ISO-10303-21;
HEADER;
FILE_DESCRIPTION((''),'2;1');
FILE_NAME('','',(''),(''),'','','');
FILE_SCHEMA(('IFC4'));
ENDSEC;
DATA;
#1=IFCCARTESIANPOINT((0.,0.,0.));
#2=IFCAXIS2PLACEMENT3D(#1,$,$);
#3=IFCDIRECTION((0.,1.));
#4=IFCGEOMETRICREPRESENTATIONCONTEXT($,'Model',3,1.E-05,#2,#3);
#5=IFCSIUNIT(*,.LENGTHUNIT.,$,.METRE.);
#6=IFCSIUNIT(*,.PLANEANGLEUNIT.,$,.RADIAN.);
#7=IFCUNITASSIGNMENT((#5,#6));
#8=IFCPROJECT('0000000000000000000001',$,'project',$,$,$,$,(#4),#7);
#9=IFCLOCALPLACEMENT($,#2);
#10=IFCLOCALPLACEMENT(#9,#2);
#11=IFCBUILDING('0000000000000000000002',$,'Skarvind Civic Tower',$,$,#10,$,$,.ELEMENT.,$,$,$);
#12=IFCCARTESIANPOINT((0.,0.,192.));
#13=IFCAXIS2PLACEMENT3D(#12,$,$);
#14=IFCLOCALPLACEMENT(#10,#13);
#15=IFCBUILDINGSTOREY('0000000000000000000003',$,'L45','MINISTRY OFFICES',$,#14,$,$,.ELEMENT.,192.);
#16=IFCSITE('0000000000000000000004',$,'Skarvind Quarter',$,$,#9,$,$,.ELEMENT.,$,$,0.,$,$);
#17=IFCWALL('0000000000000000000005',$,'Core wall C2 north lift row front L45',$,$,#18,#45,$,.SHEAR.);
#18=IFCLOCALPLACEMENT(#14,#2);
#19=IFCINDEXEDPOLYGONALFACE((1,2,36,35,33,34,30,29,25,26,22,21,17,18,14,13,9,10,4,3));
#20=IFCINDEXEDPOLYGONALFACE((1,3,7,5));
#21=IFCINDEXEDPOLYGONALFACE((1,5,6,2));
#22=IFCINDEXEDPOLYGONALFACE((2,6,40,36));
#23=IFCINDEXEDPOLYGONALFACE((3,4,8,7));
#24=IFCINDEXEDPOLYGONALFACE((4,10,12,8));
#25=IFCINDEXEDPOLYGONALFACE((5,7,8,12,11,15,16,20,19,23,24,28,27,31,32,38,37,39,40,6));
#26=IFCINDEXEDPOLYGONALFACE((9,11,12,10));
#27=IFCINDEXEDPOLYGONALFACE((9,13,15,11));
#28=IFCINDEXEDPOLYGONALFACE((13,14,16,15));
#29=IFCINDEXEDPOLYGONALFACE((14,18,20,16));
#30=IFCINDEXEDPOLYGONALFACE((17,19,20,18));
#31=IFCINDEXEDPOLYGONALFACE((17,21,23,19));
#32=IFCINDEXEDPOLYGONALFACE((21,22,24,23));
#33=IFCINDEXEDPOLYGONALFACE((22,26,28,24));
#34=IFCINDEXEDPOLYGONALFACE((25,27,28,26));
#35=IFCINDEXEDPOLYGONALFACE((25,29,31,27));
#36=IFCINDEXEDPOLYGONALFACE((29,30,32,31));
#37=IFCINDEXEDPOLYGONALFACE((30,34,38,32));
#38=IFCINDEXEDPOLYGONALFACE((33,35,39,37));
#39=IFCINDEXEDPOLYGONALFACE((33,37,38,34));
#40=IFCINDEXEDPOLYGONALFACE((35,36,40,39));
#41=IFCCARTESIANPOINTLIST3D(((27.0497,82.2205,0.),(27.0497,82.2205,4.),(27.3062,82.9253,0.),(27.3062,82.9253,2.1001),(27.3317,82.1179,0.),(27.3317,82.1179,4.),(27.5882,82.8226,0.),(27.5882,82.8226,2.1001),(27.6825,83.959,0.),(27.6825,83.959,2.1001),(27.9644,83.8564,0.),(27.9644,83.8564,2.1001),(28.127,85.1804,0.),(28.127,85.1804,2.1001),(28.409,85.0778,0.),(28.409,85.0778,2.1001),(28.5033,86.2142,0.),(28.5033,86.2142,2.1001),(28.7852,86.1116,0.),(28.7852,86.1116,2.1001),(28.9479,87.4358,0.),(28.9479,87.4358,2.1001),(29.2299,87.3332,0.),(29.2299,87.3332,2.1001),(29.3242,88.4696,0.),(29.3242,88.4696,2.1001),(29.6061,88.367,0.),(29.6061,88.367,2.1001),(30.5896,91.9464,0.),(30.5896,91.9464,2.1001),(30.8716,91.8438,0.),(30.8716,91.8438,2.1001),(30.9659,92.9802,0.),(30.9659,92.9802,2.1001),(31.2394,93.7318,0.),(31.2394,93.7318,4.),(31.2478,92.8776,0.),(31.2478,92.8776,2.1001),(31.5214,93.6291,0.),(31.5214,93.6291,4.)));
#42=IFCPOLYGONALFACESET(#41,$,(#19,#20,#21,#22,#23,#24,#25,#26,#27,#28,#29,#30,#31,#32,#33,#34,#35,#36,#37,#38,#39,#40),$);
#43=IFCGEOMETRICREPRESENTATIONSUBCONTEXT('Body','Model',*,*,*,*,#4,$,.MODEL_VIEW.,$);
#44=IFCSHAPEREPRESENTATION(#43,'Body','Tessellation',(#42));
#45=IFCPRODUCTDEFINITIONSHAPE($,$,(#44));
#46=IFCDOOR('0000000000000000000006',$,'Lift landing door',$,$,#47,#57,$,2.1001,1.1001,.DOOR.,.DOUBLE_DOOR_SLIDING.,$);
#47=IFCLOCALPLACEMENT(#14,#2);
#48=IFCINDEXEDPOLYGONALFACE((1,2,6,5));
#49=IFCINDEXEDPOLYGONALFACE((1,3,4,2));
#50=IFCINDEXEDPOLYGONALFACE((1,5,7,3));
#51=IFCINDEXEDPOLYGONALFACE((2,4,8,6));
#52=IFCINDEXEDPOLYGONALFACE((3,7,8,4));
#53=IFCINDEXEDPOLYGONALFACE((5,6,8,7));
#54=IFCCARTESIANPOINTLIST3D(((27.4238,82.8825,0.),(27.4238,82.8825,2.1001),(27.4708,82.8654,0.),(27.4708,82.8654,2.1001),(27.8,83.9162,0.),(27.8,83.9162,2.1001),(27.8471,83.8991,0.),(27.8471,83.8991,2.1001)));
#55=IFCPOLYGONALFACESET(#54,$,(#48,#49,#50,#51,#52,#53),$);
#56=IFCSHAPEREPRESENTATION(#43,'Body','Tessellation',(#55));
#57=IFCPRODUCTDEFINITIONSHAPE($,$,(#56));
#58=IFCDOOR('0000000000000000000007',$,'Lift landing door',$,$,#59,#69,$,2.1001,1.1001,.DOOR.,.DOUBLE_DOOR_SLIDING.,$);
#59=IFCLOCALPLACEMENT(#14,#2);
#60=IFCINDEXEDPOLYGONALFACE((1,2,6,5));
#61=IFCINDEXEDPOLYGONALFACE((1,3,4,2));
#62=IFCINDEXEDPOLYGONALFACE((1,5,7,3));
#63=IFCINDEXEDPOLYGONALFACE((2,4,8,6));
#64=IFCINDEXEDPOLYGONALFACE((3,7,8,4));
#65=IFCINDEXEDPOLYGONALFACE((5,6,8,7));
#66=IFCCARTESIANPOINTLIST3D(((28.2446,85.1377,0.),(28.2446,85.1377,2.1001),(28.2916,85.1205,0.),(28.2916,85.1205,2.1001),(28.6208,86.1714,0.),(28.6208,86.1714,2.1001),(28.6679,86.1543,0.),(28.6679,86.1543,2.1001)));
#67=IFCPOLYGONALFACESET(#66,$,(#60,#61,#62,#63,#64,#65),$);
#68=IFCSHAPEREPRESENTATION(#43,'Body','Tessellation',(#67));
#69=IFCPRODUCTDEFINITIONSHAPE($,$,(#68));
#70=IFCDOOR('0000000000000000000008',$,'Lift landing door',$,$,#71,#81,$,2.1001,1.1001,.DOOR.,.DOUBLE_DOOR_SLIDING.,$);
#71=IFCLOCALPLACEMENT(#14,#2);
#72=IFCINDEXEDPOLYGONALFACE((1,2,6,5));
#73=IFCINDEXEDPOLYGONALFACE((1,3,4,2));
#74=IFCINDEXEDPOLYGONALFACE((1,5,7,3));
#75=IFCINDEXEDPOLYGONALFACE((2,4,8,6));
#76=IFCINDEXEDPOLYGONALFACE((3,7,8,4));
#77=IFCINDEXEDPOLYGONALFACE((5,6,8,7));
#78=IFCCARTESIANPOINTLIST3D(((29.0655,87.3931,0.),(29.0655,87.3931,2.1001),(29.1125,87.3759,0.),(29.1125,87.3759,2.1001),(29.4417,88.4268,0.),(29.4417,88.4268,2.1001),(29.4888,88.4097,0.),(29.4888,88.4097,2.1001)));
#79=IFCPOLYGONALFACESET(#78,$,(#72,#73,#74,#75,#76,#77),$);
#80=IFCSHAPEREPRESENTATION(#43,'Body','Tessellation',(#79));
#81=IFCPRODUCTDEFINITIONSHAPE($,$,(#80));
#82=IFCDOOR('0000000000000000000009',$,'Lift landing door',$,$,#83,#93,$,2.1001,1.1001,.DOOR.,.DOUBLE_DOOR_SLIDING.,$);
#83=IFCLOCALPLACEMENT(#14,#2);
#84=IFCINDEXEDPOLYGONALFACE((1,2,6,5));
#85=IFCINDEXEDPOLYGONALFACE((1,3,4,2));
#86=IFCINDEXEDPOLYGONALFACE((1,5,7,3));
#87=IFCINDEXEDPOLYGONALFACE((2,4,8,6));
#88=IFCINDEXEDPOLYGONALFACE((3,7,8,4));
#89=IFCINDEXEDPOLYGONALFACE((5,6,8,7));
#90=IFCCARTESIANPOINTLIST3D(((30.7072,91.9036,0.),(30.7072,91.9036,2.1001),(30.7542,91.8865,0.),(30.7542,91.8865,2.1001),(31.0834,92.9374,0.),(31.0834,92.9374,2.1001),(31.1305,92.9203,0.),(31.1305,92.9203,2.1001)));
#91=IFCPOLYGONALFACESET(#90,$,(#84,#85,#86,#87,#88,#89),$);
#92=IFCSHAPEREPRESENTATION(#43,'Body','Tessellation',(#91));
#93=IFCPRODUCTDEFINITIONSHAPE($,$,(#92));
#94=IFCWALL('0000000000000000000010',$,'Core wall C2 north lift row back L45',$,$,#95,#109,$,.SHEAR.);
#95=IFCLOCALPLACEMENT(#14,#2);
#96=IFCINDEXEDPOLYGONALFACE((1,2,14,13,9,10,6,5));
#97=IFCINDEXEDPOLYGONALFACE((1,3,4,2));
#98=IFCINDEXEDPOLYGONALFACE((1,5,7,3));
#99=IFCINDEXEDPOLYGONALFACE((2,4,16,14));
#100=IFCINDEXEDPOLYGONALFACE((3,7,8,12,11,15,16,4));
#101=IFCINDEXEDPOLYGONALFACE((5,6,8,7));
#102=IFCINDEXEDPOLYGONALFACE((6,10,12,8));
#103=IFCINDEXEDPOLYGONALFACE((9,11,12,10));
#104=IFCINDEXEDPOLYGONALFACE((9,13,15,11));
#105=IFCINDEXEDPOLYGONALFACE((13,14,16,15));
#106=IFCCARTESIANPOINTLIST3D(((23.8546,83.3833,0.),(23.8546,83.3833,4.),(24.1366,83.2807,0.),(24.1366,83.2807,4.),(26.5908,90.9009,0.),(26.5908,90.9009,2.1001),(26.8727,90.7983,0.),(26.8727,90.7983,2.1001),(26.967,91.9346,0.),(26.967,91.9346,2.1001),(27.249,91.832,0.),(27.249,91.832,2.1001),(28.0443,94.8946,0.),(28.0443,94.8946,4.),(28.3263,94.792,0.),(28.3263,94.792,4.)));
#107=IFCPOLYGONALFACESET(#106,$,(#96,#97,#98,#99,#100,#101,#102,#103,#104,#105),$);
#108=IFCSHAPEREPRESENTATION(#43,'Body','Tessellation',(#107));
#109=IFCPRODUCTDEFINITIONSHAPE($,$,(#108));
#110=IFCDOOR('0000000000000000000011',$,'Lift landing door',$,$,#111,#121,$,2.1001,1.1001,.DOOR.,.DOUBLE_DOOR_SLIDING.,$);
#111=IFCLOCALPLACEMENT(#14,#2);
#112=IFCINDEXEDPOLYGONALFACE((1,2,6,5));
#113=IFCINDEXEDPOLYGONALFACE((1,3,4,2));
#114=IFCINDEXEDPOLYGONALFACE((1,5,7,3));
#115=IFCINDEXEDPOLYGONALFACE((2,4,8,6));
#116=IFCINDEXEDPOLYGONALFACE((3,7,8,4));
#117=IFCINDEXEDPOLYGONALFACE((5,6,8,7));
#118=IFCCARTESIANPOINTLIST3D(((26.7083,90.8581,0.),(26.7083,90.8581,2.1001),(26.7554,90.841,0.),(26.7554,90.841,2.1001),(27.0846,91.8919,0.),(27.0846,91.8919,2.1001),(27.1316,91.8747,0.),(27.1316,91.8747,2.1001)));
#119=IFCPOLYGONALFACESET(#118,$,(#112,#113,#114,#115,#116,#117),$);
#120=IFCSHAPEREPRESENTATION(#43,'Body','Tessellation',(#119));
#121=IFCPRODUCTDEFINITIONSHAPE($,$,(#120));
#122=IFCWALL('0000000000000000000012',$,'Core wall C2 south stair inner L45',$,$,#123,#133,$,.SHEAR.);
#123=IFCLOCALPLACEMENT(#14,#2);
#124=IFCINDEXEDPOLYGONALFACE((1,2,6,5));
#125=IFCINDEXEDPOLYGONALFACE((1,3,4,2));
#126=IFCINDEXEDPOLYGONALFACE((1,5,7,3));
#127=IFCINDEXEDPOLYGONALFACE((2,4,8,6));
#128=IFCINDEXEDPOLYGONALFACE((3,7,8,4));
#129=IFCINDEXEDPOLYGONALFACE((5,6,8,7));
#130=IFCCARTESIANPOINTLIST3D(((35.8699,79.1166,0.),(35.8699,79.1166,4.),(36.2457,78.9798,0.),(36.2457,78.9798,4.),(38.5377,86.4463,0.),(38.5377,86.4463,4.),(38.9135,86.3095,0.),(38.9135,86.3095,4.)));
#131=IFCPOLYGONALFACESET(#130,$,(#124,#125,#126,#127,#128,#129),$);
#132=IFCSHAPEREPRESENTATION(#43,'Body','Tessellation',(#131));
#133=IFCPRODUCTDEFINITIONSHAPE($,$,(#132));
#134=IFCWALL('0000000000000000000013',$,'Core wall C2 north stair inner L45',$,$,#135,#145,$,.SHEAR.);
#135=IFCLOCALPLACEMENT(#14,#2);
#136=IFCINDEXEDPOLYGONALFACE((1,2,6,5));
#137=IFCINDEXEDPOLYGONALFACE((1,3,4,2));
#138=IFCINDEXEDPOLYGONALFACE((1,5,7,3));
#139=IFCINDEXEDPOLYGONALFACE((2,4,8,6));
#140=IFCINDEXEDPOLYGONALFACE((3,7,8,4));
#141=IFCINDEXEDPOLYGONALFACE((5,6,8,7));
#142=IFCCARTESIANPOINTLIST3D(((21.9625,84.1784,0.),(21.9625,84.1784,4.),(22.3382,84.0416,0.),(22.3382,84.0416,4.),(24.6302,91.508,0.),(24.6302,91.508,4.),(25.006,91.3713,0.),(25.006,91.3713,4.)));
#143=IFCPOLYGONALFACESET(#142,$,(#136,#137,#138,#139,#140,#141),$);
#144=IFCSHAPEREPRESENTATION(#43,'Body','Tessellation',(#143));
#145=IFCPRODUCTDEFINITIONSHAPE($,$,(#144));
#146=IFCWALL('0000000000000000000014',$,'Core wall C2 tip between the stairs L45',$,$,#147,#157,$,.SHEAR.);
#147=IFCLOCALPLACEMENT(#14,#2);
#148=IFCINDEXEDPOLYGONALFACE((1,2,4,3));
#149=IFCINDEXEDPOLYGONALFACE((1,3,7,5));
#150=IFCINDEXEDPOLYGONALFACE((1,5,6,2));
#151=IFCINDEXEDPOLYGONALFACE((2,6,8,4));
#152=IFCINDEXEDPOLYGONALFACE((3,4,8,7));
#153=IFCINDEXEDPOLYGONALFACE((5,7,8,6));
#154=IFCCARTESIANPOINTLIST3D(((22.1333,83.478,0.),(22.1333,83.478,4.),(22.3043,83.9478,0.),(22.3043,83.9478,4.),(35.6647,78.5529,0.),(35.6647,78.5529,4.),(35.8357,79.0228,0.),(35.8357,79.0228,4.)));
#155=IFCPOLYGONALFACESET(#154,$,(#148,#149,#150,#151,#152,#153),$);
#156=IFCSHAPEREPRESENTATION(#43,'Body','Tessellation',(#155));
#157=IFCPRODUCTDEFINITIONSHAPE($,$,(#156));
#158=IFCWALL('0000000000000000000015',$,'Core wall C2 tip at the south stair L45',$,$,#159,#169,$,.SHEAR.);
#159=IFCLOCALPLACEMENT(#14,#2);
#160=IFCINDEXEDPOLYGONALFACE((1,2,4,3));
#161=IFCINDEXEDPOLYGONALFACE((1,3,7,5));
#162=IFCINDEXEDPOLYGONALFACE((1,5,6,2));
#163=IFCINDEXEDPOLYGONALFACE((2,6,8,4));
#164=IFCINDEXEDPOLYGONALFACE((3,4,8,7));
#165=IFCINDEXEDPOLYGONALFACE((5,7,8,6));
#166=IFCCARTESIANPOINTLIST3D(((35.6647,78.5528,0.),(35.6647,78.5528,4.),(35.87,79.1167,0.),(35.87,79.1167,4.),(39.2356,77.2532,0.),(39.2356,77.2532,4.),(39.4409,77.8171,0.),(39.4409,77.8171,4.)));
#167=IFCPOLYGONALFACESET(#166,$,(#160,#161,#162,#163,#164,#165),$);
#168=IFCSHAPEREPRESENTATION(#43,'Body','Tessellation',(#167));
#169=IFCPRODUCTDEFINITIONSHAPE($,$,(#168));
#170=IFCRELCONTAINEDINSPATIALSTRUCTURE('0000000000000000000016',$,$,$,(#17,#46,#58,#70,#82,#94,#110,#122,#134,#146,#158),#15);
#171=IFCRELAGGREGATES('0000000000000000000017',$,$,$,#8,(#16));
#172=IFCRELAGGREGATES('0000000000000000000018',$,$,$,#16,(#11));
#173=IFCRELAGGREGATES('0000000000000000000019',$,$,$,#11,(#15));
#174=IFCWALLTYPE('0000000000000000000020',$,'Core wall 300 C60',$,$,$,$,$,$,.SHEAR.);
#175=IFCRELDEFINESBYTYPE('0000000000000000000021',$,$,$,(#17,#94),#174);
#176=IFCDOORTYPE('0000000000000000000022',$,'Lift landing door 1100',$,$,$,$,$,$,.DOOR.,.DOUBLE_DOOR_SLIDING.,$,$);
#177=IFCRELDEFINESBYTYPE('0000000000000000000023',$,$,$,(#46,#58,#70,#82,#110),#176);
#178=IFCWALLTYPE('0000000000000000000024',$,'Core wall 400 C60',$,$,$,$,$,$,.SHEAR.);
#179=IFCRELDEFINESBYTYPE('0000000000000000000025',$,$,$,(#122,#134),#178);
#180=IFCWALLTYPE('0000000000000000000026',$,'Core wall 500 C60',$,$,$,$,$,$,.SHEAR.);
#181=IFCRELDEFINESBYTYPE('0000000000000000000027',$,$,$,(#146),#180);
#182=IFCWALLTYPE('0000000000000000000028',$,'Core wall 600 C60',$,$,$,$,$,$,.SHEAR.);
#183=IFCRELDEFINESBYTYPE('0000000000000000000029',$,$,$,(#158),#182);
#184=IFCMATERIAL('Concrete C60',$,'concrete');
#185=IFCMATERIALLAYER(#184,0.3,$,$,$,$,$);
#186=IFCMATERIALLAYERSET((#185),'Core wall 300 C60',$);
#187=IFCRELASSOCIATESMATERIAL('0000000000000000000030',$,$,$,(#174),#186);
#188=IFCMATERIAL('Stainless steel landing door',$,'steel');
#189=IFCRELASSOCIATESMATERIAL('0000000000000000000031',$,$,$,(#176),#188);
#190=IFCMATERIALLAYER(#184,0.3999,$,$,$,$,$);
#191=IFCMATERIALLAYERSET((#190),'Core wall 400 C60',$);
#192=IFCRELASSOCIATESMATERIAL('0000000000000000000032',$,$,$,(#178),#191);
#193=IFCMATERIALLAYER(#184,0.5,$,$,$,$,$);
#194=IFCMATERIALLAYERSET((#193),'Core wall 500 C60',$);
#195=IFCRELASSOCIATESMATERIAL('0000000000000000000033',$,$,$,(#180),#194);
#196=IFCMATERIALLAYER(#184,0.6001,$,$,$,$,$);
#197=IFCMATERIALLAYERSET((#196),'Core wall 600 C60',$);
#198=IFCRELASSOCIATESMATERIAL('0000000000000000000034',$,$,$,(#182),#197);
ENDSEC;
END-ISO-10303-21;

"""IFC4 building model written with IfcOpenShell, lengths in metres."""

from ifc_helpers import new_model, si_unit, direction, frame, frame_2d, origin, place, context, subcontext, project, spatial, rectangle, extrude, material, layer, layer_set, type_object, element, fill, save


model = new_model("IFC4")

# Units and contexts
model_context = context("Model", 3, precision=1e-05, world=origin(), true_north=direction((0.0, 1.0)))
body_context = subcontext(model_context, "Body", "Model", "MODEL_VIEW")
ifc_project = project(units=[si_unit("LENGTHUNIT", "METRE"), si_unit("PLANEANGLEUNIT", "RADIAN")], contexts=[model_context])

# Site, building, storey
site_placement = place(None, origin())
site = spatial("IfcSite", under=ifc_project, at=site_placement, Name="Skarvind Quarter", CompositionType="ELEMENT", RefElevation=0.0)
building_placement = place(site_placement, origin())
building = spatial("IfcBuilding", under=site, at=building_placement, Name="Skarvind Civic Tower", CompositionType="ELEMENT")
storey_placement = place(building_placement, frame((0.0, 0.0, 192.0)))
storey = spatial("IfcBuildingStorey", under=building, at=storey_placement, Name="L45", Description="MINISTRY OFFICES", CompositionType="ELEMENT", Elevation=192.0)

# Shared definitions
ifc_material_1 = material(Name="Concrete C60", Category="concrete")
ifc_layer_1 = layer(ifc_material_1, 0.3)
ifc_layer_set_1 = layer_set([ifc_layer_1], Name="Core wall 300 C60")
wall_type_1 = type_object("IfcWallType", Name="Core wall 300 C60", PredefinedType="SHEAR", material=ifc_layer_set_1)

# Wall, openings, doors
wall_1_placement = place(storey_placement, frame((27.1907, 82.1692, 0.0), z_axis=(0.0, 0.0, 1.0), x_axis=(0.342017, 0.939694, 0.0)))
wall_1 = element("IfcWall", 1, at=wall_1_placement, inside=storey, type_object=wall_type_1, Name="Core wall C2 north lift row front L45", PredefinedType="SHEAR", context=body_context, shape_type="SweptSolid", body=[
    extrude(rectangle(XDim=12.25, YDim=0.3, at=frame_2d((6.125, 0.0))), origin(), (0.0, 0.0, 1.0), 4.0),
])
opening_1_placement = place(wall_1_placement, frame((0.75, 0.0, 0.0)))
opening_1 = element("IfcOpeningElement", 2, at=opening_1_placement, cuts=wall_1, PredefinedType="OPENING", context=body_context, shape_type="SweptSolid", body=[
    extrude(rectangle(XDim=1.1001, YDim=2.1001, at=frame_2d((0.55, 1.05))), frame((0.0, 0.1599, 0.0), z_axis=(0.0, -1.0, 0.0), x_axis=(1.0, 0.0, 0.0)), (0.0, 0.0, 1.0), 0.3201),
])
opening_2_placement = place(wall_1_placement, frame((3.1499, 0.0, 0.0)))
opening_2 = element("IfcOpeningElement", 3, at=opening_2_placement, cuts=wall_1, PredefinedType="OPENING", context=body_context, shape_type="SweptSolid", body=[
    extrude(rectangle(XDim=1.1001, YDim=2.1001, at=frame_2d((0.55, 1.05))), frame((0.0, 0.1599, 0.0), z_axis=(0.0, -1.0, 0.0), x_axis=(1.0, 0.0, 0.0)), (0.0, 0.0, 1.0), 0.3201),
])
opening_3_placement = place(wall_1_placement, frame((5.55, 0.0, 0.0)))
opening_3 = element("IfcOpeningElement", 4, at=opening_3_placement, cuts=wall_1, PredefinedType="OPENING", context=body_context, shape_type="SweptSolid", body=[
    extrude(rectangle(XDim=1.1001, YDim=2.1001, at=frame_2d((0.55, 1.05))), frame((0.0, 0.1599, 0.0), z_axis=(0.0, -1.0, 0.0), x_axis=(1.0, 0.0, 0.0)), (0.0, 0.0, 1.0), 0.3201),
])
opening_4_placement = place(wall_1_placement, frame((10.3501, 0.0, 0.0)))
opening_4 = element("IfcOpeningElement", 5, at=opening_4_placement, cuts=wall_1, PredefinedType="OPENING", context=body_context, shape_type="SweptSolid", body=[
    extrude(rectangle(XDim=1.1001, YDim=2.1001, at=frame_2d((0.55, 1.05))), frame((0.0, 0.1599, 0.0), z_axis=(0.0, -1.0, 0.0), x_axis=(1.0, 0.0, 0.0)), (0.0, 0.0, 1.0), 0.3201),
])
ifc_material_2 = material(Name="Stainless steel landing door", Category="steel")
door_type_1 = type_object("IfcDoorType", Name="Lift landing door 1100", OperationType="DOUBLE_DOOR_SLIDING", PredefinedType="DOOR", material=ifc_material_2)
door_1_placement = place(opening_1_placement, origin())
door_1 = element("IfcDoor", 6, at=door_1_placement, inside=storey, type_object=door_type_1, Name="Lift landing door", OperationType="DOUBLE_DOOR_SLIDING", OverallHeight=2.1001, OverallWidth=1.1001, PredefinedType="DOOR", context=body_context, shape_type="SweptSolid", body=[
    extrude(rectangle(XDim=1.1001, YDim=2.1001, at=frame_2d((0.55, 1.05))), frame((0.0, 0.0249, 0.0), z_axis=(0.0, -1.0, 0.0), x_axis=(1.0, 0.0, 0.0)), (0.0, 0.0, 1.0), 0.05),
])
fill(opening_1, door_1)
door_2_placement = place(opening_2_placement, origin())
door_2 = element("IfcDoor", 7, at=door_2_placement, inside=storey, type_object=door_type_1, Name="Lift landing door", OperationType="DOUBLE_DOOR_SLIDING", OverallHeight=2.1001, OverallWidth=1.1001, PredefinedType="DOOR", context=body_context, shape_type="SweptSolid", body=[
    extrude(rectangle(XDim=1.1001, YDim=2.1001, at=frame_2d((0.55, 1.05))), frame((0.0, 0.0249, 0.0), z_axis=(0.0, -1.0, 0.0), x_axis=(1.0, 0.0, 0.0)), (0.0, 0.0, 1.0), 0.05),
])
fill(opening_2, door_2)
door_3_placement = place(opening_3_placement, origin())
door_3 = element("IfcDoor", 8, at=door_3_placement, inside=storey, type_object=door_type_1, Name="Lift landing door", OperationType="DOUBLE_DOOR_SLIDING", OverallHeight=2.1001, OverallWidth=1.1001, PredefinedType="DOOR", context=body_context, shape_type="SweptSolid", body=[
    extrude(rectangle(XDim=1.1001, YDim=2.1001, at=frame_2d((0.55, 1.05))), frame((0.0, 0.0249, 0.0), z_axis=(0.0, -1.0, 0.0), x_axis=(1.0, 0.0, 0.0)), (0.0, 0.0, 1.0), 0.05),
])
fill(opening_3, door_3)
door_4_placement = place(opening_4_placement, origin())
door_4 = element("IfcDoor", 9, at=door_4_placement, inside=storey, type_object=door_type_1, Name="Lift landing door", OperationType="DOUBLE_DOOR_SLIDING", OverallHeight=2.1001, OverallWidth=1.1001, PredefinedType="DOOR", context=body_context, shape_type="SweptSolid", body=[
    extrude(rectangle(XDim=1.1001, YDim=2.1001, at=frame_2d((0.55, 1.05))), frame((0.0, 0.0249, 0.0), z_axis=(0.0, -1.0, 0.0), x_axis=(1.0, 0.0, 0.0)), (0.0, 0.0, 1.0), 0.05),
])
fill(opening_4, door_4)

# Wall, opening, door
wall_2_placement = place(storey_placement, frame((23.9956, 83.332, 0.0), z_axis=(0.0, 0.0, 1.0), x_axis=(0.342017, 0.939694, 0.0)))
wall_2 = element("IfcWall", 10, at=wall_2_placement, inside=storey, type_object=wall_type_1, Name="Core wall C2 north lift row back L45", PredefinedType="SHEAR", context=body_context, shape_type="SweptSolid", body=[
    extrude(rectangle(XDim=12.25, YDim=0.3, at=frame_2d((6.125, 0.0))), origin(), (0.0, 0.0, 1.0), 4.0),
])
opening_5_placement = place(wall_2_placement, frame((8.0, 0.0, 0.0)))
opening_5 = element("IfcOpeningElement", 11, at=opening_5_placement, cuts=wall_2, PredefinedType="OPENING", context=body_context, shape_type="SweptSolid", body=[
    extrude(rectangle(XDim=1.1001, YDim=2.1001, at=frame_2d((0.55, 1.05))), frame((0.0, 0.1599, 0.0), z_axis=(0.0, -1.0, 0.0), x_axis=(1.0, 0.0, 0.0)), (0.0, 0.0, 1.0), 0.3201),
])
door_5_placement = place(opening_5_placement, origin())
door_5 = element("IfcDoor", 12, at=door_5_placement, inside=storey, type_object=door_type_1, Name="Lift landing door", OperationType="DOUBLE_DOOR_SLIDING", OverallHeight=2.1001, OverallWidth=1.1001, PredefinedType="DOOR", context=body_context, shape_type="SweptSolid", body=[
    extrude(rectangle(XDim=1.1001, YDim=2.1001, at=frame_2d((0.55, 1.05))), frame((0.0, 0.0249, 0.0), z_axis=(0.0, -1.0, 0.0), x_axis=(1.0, 0.0, 0.0)), (0.0, 0.0, 1.0), 0.05),
])
fill(opening_5, door_5)

# Walls
ifc_layer_2 = layer(ifc_material_1, 0.3999)
ifc_layer_set_2 = layer_set([ifc_layer_2], Name="Core wall 400 C60")
wall_type_2 = type_object("IfcWallType", Name="Core wall 400 C60", PredefinedType="SHEAR", material=ifc_layer_set_2)
for number, where, z_axis, x_axis, name in (
    (13, (36.0579, 79.0483, 0.0), (0.0, 0.0, 1.0), (0.342017, 0.939694, 0.0), "Core wall C2 south stair inner L45"),
    (14, (22.1504, 84.1101, 0.0), (0.0, 0.0, 1.0), (0.342017, 0.939694, 0.0), "Core wall C2 north stair inner L45"),
):
    element("IfcWall", number, at=place(storey_placement, frame(where, z_axis=z_axis, x_axis=x_axis)), inside=storey, type_object=wall_type_2, Name=name, PredefinedType="SHEAR", context=body_context, shape_type="SweptSolid", body=[
        extrude(rectangle(XDim=7.8, YDim=0.3999, at=frame_2d((3.8999, 0.0))), origin(), (0.0, 0.0, 1.0), 4.0),
    ])
ifc_layer_3 = layer(ifc_material_1, 0.5)
ifc_layer_set_3 = layer_set([ifc_layer_3], Name="Core wall 500 C60")
wall_type_3 = type_object("IfcWallType", Name="Core wall 500 C60", PredefinedType="SHEAR", material=ifc_layer_set_3)
wall_3_placement = place(storey_placement, frame((35.7502, 78.7878, 0.0), z_axis=(0.0, 0.0, 1.0), x_axis=(-0.939693, 0.342019, 0.0)))
element("IfcWall", 15, at=wall_3_placement, inside=storey, type_object=wall_type_3, Name="Core wall C2 tip between the stairs L45", PredefinedType="SHEAR", context=body_context, shape_type="SweptSolid", body=[
    extrude(rectangle(XDim=14.3999, YDim=0.5, at=frame_2d((7.2, 0.0))), origin(), (0.0, 0.0, 1.0), 4.0),
])
ifc_layer_4 = layer(ifc_material_1, 0.6001)
ifc_layer_set_4 = layer_set([ifc_layer_4], Name="Core wall 600 C60")
wall_type_4 = type_object("IfcWallType", Name="Core wall 600 C60", PredefinedType="SHEAR", material=ifc_layer_set_4)
for number, where, z_axis, x_axis, name in (
    (16, (39.3381, 77.5352, 0.0), (0.0, 0.0, 1.0), (-0.939701, 0.341996, 0.0), "Core wall C2 tip at the south stair L45"),
):
    element("IfcWall", number, at=place(storey_placement, frame(where, z_axis=z_axis, x_axis=x_axis)), inside=storey, type_object=wall_type_4, Name=name, PredefinedType="SHEAR", context=body_context, shape_type="SweptSolid", body=[
        extrude(rectangle(XDim=3.8, YDim=0.6001, at=frame_2d((1.8999, 0.0))), origin(), (0.0, 0.0, 1.0), 4.0),
    ])

save(model, "model.ifc")
